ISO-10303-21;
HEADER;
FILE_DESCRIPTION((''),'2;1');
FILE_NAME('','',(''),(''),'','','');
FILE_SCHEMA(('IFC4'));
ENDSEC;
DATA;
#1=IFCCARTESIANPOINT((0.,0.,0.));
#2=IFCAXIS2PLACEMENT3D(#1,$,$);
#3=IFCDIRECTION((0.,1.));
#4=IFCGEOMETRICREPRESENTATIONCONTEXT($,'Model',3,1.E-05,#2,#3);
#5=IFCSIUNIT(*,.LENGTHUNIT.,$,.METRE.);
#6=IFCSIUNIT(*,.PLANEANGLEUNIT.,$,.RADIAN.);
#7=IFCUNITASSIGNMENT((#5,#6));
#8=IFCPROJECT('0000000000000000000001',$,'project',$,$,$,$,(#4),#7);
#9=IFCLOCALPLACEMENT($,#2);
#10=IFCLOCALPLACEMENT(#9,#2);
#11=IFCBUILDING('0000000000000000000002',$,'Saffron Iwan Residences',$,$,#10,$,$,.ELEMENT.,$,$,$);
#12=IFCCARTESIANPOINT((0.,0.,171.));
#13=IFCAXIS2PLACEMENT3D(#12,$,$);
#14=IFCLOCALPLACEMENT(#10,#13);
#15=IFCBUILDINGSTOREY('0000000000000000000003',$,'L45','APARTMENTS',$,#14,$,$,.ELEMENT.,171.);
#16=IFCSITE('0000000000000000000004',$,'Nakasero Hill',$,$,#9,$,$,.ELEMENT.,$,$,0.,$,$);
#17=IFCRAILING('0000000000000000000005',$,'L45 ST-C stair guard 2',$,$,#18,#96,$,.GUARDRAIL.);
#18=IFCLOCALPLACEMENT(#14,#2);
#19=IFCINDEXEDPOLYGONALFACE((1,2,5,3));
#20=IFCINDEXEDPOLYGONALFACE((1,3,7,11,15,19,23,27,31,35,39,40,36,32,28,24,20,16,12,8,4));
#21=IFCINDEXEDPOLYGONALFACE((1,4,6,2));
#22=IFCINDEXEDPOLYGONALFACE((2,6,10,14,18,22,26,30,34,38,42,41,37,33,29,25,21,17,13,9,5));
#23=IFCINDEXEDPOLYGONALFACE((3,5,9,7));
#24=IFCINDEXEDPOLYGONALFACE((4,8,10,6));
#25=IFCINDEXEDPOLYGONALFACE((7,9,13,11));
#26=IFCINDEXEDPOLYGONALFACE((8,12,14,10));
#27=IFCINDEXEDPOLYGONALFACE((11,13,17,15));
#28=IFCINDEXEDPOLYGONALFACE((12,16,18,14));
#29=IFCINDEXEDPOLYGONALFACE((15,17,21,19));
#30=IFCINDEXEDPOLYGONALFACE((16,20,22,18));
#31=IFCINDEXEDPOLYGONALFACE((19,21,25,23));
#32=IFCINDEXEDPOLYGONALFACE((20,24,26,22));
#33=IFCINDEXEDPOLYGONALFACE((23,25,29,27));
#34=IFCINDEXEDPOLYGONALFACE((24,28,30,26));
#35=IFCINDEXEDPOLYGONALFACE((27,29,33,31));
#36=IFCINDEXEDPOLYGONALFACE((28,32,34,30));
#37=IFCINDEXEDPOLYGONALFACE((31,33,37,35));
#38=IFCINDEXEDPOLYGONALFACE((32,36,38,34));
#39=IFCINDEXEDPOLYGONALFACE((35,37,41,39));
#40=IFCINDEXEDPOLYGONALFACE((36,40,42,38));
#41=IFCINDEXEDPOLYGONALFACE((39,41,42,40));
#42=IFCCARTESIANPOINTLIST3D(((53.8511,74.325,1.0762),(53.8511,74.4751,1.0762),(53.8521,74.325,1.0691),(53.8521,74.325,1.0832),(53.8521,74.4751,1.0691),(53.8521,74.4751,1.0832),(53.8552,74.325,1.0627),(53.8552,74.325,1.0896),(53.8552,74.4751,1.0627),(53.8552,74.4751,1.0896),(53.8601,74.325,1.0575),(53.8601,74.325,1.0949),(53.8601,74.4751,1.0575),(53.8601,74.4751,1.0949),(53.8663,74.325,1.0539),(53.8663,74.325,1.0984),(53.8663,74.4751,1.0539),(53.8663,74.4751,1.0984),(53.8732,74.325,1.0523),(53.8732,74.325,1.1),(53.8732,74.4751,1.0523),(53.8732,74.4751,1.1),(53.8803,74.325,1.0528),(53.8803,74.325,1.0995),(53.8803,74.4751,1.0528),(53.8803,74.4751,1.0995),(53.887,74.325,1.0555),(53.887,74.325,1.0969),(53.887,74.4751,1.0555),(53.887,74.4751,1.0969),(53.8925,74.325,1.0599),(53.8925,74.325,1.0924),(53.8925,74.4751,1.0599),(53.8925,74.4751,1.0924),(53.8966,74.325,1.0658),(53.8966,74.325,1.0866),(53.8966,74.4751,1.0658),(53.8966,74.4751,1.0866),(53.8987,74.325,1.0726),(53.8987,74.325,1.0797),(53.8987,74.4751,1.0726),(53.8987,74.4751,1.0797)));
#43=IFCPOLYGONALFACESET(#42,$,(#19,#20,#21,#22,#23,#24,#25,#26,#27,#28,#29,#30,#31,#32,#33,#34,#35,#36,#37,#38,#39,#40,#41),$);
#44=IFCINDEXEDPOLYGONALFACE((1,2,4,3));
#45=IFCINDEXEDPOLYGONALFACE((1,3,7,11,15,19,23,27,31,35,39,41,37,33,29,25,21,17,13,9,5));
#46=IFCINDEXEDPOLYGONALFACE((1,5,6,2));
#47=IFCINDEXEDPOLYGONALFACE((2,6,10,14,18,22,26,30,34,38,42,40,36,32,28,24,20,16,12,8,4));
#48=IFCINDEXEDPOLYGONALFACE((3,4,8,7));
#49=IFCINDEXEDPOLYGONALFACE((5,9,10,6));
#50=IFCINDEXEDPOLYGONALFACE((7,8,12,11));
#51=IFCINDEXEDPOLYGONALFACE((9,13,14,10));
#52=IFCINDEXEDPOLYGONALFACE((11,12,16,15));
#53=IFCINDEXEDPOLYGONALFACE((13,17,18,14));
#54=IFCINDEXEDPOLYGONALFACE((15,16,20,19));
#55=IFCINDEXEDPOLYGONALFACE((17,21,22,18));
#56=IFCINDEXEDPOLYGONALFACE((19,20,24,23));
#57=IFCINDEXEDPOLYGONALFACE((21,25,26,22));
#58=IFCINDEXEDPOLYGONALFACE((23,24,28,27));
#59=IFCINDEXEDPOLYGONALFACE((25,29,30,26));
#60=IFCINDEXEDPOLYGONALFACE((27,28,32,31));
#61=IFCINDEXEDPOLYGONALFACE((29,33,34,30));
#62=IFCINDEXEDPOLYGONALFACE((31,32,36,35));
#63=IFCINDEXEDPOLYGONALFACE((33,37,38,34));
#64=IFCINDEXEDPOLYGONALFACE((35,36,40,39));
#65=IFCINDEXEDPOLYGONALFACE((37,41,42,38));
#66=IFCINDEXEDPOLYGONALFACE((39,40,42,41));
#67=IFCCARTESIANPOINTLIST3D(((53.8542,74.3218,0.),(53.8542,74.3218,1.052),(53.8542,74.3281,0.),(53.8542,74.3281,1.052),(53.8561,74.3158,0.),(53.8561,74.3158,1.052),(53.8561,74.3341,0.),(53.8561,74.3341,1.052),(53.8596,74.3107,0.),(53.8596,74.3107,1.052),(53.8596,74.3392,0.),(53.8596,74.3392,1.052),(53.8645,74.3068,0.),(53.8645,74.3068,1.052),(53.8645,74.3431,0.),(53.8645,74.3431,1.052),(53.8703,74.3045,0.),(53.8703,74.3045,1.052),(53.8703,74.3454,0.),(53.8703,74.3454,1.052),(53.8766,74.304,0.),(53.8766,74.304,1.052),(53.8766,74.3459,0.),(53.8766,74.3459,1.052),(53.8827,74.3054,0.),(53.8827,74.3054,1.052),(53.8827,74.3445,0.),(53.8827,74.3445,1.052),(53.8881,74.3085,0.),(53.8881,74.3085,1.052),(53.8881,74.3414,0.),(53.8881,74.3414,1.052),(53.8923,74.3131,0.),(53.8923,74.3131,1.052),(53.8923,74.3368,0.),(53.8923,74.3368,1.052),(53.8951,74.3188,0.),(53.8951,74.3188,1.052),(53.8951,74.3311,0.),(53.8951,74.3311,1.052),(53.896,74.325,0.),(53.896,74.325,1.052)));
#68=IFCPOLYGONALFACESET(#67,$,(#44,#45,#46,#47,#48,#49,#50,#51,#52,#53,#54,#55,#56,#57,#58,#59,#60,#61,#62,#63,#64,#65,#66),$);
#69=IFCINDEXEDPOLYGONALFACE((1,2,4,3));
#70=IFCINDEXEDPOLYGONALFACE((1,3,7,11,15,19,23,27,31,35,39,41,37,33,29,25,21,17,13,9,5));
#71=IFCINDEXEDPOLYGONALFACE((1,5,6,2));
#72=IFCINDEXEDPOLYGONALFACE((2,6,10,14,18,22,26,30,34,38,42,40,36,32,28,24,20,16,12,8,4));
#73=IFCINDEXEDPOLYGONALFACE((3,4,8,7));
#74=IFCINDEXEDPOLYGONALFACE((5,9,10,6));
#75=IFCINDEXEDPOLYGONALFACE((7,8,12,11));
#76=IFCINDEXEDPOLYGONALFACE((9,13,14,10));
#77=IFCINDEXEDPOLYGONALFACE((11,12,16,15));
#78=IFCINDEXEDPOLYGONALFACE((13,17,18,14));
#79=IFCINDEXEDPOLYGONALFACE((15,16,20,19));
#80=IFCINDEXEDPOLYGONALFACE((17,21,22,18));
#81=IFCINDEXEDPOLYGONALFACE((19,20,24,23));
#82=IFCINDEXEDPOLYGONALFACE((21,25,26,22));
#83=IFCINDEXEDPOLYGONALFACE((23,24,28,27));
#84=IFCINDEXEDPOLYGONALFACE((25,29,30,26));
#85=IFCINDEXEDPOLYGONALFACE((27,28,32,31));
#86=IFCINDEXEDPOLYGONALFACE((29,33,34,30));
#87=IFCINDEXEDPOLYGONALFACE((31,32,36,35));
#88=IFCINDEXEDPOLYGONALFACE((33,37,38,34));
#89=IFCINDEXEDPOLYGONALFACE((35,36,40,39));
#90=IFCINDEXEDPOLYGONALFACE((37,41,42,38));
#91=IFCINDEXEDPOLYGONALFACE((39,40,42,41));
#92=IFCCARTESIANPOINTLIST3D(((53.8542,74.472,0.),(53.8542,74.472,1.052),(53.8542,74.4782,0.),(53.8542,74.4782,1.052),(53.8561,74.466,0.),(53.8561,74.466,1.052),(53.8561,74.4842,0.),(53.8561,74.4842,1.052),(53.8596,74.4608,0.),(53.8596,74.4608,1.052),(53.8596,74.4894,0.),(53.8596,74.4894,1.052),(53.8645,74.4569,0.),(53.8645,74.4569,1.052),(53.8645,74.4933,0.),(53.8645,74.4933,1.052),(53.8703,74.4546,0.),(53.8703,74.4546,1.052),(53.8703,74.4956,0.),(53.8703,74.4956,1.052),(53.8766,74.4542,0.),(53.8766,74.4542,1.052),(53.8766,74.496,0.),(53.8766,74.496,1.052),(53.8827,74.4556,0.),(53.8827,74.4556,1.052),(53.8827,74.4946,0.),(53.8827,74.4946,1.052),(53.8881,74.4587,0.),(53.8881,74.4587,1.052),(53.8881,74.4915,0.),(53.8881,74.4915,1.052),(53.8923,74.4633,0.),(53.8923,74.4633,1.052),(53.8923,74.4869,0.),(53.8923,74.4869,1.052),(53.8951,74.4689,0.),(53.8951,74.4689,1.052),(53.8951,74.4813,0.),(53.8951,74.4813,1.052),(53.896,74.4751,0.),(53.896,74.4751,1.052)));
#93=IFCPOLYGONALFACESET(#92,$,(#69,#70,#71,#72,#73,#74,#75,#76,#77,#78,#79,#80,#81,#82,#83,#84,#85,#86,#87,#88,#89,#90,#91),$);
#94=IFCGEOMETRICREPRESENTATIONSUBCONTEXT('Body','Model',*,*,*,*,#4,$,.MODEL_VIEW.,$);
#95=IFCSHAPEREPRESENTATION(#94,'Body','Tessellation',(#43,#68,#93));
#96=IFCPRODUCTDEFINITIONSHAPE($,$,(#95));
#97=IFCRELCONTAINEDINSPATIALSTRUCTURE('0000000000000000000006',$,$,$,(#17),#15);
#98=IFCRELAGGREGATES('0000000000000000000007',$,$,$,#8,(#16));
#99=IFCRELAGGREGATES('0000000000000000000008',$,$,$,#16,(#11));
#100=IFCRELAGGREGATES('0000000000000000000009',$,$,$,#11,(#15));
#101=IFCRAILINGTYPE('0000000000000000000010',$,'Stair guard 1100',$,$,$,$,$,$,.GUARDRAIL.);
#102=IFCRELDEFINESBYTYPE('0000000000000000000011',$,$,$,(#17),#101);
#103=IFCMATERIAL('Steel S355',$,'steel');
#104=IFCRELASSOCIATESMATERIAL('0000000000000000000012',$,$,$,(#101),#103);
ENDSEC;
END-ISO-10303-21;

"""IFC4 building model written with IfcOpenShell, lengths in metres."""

from ifc_helpers import new_model, si_unit, direction, frame, origin, origin_2d, place, context, subcontext, project, spatial, circle, extrude, material, type_object, element, save


model = new_model("IFC4")

# Units and contexts
model_context = context("Model", 3, precision=1e-05, world=origin(), true_north=direction((0.0, 1.0)))
body_context = subcontext(model_context, "Body", "Model", "MODEL_VIEW")
ifc_project = project(units=[si_unit("LENGTHUNIT", "METRE"), si_unit("PLANEANGLEUNIT", "RADIAN")], contexts=[model_context])

# Site, building, storey
site_placement = place(None, origin())
site = spatial("IfcSite", under=ifc_project, at=site_placement, Name="Nakasero Hill", CompositionType="ELEMENT", RefElevation=0.0)
building_placement = place(site_placement, origin())
building = spatial("IfcBuilding", under=site, at=building_placement, Name="Saffron Iwan Residences", CompositionType="ELEMENT")
storey_placement = place(building_placement, frame((0.0, 0.0, 171.0)))
storey = spatial("IfcBuildingStorey", under=building, at=storey_placement, Name="L45", Description="APARTMENTS", CompositionType="ELEMENT", Elevation=171.0)

# Railing
ifc_material_1 = material(Name="Steel S355", Category="steel")
railing_type_1 = type_object("IfcRailingType", Name="Stair guard 1100", PredefinedType="GUARDRAIL", material=ifc_material_1)
railing_1_placement = place(storey_placement, frame((53.875, 74.325, 0.0)))
element("IfcRailing", 1, at=railing_1_placement, inside=storey, type_object=railing_type_1, Name="L45 ST-C stair guard 2", PredefinedType="GUARDRAIL", context=body_context, shape_type="SweptSolid", body=[
    extrude(circle(Radius=0.0239, at=origin_2d()), frame((0.0, 0.0, 1.0762), z_axis=(0.0, 1.0, 0.0), x_axis=(-1.0, 0.0, 0.0)), (0.0, 0.0, 1.0), 0.1501),
    extrude(circle(Radius=0.021, at=origin_2d()), origin(), (0.0, 0.0, 1.0), 1.052),
    extrude(circle(Radius=0.021, at=origin_2d()), frame((0.0, 0.1501, 0.0)), (0.0, 0.0, 1.0), 1.052),
])

save(model, "model.ifc")
